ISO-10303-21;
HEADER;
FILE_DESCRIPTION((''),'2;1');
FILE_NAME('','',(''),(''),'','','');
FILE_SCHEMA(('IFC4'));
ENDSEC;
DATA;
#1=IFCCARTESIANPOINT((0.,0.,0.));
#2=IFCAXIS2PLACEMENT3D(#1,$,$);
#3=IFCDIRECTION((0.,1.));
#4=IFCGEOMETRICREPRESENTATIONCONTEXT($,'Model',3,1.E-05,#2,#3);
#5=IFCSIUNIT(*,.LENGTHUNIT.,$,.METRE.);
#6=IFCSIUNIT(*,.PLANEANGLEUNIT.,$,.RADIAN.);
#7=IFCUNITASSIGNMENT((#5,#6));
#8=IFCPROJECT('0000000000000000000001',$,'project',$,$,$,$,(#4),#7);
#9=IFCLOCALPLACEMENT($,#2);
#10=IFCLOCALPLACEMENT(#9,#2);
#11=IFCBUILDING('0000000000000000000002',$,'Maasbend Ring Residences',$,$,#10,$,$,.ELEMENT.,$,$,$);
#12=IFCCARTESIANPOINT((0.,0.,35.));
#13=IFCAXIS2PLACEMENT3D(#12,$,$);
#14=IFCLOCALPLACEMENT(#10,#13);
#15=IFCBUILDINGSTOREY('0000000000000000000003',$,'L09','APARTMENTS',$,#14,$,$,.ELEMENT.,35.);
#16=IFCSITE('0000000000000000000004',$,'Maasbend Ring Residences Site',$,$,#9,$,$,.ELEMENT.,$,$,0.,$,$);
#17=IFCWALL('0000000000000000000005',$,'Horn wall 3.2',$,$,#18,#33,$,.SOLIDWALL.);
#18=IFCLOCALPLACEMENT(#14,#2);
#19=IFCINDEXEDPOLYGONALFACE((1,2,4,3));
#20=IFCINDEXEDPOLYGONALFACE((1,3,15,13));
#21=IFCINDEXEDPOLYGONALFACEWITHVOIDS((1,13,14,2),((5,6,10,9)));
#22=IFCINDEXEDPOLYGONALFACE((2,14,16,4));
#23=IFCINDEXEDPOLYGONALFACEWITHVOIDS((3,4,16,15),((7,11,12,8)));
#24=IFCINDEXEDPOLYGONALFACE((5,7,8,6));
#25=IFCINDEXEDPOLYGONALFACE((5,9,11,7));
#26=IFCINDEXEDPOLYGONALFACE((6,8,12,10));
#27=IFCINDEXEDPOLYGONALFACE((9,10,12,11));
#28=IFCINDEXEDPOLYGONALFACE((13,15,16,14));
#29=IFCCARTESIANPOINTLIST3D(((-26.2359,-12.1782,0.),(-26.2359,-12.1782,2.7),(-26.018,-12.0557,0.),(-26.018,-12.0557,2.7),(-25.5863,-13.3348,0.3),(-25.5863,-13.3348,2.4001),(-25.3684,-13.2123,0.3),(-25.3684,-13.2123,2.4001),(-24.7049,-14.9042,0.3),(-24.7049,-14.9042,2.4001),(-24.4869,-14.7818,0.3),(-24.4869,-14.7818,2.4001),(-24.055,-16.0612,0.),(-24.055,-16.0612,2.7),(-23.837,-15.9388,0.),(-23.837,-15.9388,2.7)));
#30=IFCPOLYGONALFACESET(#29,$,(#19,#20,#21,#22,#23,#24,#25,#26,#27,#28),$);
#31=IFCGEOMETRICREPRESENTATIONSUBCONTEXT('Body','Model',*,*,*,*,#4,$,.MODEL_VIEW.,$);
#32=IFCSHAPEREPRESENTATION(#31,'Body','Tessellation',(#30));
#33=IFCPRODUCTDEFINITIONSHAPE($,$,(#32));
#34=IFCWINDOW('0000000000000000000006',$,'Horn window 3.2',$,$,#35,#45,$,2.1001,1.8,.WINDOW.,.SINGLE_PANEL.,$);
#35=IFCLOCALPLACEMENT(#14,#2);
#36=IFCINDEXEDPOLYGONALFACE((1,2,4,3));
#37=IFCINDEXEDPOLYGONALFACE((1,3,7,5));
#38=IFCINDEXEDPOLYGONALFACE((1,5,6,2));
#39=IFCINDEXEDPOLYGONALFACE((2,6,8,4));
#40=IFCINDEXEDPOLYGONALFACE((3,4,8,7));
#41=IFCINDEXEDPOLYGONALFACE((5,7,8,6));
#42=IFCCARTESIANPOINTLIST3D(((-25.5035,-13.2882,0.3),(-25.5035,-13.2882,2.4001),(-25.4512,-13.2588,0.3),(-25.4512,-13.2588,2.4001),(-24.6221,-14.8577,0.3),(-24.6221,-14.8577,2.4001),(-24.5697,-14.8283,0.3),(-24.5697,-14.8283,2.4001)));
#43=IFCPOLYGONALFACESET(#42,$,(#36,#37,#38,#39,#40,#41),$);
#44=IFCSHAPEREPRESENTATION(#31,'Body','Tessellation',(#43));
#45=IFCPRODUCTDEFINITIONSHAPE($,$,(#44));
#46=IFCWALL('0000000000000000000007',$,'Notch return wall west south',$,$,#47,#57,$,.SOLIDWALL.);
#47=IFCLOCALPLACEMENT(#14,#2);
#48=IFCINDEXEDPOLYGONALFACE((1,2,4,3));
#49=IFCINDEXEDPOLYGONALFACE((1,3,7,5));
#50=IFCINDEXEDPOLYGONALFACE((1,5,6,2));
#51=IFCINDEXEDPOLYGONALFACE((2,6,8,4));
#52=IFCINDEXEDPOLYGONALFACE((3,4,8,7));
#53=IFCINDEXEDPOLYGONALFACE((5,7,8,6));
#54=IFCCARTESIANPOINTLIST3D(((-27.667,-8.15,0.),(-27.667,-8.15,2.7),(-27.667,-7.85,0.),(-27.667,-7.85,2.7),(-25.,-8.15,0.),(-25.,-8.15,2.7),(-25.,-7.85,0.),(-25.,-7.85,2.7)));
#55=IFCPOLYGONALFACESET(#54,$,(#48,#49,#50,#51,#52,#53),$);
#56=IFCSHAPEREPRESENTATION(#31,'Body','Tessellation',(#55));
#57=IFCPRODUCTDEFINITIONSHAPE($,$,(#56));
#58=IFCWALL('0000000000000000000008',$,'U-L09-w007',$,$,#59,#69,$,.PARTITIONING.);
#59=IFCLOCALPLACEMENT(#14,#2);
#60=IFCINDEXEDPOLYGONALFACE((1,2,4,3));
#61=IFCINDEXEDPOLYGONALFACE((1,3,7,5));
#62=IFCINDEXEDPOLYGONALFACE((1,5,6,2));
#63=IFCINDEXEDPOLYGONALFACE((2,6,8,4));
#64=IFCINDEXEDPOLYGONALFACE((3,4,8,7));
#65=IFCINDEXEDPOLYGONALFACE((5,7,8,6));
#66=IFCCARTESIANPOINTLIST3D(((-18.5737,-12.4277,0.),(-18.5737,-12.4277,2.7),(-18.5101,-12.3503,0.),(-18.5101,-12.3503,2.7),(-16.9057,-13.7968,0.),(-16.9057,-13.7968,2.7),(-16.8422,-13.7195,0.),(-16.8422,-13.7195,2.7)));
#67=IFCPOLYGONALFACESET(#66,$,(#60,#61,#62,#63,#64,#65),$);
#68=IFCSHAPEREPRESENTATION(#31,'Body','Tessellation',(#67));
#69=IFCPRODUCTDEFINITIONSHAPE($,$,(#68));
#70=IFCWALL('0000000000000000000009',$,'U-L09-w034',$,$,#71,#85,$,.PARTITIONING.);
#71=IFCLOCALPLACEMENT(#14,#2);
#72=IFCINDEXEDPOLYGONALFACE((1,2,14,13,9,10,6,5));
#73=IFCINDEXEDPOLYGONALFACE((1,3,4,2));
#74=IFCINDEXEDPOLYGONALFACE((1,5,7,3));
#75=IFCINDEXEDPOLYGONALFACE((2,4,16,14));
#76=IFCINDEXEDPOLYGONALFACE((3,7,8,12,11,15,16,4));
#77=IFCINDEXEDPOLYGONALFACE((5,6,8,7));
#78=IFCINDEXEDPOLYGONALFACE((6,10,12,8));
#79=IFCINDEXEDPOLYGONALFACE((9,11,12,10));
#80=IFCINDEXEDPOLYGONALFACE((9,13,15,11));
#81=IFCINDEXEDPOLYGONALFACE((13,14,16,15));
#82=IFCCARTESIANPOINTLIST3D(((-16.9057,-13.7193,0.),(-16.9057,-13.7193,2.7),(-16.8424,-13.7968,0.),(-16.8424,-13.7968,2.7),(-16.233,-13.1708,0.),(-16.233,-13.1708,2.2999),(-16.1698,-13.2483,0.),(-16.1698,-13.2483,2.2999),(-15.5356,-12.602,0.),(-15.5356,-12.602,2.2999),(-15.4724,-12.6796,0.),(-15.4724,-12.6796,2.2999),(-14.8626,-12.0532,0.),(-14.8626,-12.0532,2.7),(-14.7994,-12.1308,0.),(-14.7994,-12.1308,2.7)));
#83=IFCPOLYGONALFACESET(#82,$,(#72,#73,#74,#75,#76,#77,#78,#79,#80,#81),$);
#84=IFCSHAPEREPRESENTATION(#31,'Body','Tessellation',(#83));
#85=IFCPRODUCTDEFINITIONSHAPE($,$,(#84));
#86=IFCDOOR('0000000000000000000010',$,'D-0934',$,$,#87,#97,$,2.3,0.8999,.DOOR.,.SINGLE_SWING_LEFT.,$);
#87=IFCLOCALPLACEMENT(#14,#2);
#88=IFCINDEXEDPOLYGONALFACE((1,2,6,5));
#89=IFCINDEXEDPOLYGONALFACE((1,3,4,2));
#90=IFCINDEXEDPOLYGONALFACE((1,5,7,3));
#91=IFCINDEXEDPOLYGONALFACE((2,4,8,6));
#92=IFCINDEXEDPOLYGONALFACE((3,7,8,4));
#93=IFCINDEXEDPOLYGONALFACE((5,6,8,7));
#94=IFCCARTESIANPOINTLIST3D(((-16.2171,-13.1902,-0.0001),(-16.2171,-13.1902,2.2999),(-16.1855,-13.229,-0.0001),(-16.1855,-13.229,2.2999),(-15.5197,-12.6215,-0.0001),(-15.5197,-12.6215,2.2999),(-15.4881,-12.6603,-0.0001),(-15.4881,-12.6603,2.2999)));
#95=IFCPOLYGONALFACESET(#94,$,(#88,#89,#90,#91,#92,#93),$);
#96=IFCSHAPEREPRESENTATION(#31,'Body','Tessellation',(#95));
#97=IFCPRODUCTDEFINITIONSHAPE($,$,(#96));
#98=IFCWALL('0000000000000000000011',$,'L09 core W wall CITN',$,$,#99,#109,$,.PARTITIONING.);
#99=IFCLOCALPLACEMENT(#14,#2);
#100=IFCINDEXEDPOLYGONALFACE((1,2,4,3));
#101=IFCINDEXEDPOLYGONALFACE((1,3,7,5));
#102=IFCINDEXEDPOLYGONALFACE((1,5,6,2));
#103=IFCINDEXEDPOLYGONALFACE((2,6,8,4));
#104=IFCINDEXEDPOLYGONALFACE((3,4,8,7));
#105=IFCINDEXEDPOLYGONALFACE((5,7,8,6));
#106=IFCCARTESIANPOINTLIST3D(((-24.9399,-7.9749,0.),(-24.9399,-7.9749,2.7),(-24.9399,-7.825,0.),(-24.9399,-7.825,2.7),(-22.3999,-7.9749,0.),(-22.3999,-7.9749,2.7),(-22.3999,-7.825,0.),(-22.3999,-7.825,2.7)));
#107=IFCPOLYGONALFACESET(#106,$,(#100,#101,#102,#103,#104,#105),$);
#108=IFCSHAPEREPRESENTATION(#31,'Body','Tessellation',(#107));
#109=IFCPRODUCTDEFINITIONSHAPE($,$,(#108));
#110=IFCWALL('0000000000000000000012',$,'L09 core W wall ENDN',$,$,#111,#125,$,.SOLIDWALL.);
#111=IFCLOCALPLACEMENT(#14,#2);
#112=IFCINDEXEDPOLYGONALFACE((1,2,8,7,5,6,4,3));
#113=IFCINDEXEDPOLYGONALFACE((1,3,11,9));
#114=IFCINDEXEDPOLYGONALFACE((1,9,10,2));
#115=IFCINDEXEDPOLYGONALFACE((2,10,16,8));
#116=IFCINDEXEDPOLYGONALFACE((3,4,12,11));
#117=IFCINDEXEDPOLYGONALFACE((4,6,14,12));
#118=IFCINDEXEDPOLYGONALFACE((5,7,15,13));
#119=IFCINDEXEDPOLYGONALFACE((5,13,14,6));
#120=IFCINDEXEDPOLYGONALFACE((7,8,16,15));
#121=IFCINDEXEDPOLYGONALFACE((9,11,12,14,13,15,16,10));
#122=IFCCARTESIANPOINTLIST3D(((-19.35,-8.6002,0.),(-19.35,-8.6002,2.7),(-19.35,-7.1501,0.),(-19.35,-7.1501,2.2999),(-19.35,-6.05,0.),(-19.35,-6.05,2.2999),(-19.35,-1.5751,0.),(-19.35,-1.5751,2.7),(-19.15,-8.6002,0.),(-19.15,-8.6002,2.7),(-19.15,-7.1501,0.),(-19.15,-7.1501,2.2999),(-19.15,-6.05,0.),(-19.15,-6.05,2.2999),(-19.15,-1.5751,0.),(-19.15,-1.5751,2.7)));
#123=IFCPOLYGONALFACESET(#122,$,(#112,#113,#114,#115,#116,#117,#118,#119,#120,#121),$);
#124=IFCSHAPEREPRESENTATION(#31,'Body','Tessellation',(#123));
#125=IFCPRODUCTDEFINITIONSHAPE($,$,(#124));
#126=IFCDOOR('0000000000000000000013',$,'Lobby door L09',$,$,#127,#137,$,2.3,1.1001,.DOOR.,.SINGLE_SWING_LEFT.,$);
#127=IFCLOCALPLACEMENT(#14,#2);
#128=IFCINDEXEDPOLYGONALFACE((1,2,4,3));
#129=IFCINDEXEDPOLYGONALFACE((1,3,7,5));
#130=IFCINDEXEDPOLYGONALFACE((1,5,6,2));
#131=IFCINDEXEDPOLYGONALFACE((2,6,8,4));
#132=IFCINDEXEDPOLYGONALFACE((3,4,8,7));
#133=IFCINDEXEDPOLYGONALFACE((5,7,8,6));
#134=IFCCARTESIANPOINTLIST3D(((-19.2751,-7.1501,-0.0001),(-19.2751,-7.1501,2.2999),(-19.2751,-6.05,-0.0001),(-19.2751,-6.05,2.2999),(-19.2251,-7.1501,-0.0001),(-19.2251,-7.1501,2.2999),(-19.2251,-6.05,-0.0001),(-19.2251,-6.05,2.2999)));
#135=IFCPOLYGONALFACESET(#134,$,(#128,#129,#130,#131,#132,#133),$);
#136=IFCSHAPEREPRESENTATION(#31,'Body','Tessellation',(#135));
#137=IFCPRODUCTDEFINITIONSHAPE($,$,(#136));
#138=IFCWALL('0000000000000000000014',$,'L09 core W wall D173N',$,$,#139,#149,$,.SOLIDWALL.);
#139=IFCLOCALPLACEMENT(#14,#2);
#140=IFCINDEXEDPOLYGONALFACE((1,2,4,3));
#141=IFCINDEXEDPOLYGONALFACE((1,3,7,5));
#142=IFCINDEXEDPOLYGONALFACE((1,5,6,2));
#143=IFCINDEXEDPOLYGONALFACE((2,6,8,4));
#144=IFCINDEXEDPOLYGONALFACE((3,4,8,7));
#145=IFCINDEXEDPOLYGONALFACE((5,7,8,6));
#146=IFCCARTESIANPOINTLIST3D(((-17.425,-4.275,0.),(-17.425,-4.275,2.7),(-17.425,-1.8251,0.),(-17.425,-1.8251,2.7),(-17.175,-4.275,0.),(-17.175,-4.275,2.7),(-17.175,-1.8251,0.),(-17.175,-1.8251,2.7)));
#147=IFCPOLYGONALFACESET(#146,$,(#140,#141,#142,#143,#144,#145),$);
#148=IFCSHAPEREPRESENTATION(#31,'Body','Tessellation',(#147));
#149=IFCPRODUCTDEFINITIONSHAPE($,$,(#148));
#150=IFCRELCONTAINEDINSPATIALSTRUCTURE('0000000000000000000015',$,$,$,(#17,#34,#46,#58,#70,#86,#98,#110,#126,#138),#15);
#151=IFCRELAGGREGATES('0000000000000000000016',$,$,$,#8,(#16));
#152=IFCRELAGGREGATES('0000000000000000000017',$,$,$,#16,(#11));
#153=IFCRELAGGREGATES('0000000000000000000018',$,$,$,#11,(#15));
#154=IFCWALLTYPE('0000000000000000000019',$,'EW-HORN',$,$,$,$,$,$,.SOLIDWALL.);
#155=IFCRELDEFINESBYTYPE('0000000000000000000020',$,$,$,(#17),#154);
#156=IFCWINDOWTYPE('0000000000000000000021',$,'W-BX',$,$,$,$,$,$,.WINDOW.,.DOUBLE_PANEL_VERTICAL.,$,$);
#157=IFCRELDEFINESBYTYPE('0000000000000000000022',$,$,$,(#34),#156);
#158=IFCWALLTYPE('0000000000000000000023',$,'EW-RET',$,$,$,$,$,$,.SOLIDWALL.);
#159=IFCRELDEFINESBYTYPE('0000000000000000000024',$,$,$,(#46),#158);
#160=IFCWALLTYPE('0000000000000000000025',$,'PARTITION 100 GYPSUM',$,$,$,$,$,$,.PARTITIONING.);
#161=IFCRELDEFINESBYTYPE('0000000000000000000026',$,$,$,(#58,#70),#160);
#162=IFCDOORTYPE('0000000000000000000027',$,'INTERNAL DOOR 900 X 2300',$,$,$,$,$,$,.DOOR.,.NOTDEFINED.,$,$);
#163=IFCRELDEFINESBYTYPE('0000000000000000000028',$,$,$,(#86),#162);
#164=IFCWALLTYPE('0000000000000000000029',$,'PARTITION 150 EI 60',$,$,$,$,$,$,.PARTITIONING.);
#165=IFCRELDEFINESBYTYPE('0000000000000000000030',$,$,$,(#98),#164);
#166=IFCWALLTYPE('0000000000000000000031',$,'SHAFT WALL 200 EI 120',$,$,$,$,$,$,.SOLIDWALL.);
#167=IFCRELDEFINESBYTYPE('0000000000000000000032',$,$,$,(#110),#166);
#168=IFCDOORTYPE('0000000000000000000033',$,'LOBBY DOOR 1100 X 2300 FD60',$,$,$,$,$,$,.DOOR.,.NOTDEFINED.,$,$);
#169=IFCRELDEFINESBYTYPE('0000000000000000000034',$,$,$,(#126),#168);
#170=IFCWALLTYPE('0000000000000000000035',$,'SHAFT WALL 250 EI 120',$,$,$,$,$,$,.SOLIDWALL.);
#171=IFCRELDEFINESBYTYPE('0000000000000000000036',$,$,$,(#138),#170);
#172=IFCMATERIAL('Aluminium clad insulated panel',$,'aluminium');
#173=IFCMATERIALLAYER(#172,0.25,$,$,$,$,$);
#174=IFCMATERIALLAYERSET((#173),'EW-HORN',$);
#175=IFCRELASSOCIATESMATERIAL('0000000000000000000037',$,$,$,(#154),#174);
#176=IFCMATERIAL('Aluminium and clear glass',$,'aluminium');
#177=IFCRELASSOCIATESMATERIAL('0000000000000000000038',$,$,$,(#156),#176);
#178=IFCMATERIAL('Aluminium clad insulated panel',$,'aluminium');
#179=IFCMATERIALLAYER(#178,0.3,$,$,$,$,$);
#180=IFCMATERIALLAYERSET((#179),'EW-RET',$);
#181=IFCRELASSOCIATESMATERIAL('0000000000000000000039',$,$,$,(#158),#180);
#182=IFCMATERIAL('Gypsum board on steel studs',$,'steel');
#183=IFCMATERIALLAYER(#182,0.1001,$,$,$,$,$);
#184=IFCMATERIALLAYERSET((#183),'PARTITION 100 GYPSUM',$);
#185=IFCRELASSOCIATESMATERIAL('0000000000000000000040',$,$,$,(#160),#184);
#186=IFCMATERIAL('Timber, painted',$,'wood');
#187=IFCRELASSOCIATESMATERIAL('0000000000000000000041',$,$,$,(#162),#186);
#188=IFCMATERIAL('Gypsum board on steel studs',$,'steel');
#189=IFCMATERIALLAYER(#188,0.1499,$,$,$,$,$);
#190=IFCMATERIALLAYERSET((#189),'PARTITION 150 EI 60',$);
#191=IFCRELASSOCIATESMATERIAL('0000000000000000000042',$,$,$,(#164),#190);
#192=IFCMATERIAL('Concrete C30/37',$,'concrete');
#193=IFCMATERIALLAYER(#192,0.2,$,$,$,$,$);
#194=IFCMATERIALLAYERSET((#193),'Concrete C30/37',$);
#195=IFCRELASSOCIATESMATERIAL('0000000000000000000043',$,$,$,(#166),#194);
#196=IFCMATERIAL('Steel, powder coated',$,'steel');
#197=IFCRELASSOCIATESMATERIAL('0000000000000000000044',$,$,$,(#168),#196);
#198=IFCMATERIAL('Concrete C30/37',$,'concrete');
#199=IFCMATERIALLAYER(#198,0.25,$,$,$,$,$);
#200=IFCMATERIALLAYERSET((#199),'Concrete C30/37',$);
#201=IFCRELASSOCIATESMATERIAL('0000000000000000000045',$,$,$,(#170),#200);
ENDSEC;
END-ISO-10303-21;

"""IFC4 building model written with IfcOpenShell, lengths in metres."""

from ifc_helpers import new_model, si_unit, direction, frame, frame_2d, origin, place, context, subcontext, project, spatial, rectangle, extrude, material, layer, layer_set, type_object, element, fill, save


model = new_model("IFC4")

# Units and contexts
model_context = context("Model", 3, precision=1e-05, world=origin(), true_north=direction((0.0, 1.0)))
body_context = subcontext(model_context, "Body", "Model", "MODEL_VIEW")
ifc_project = project(units=[si_unit("LENGTHUNIT", "METRE"), si_unit("PLANEANGLEUNIT", "RADIAN")], contexts=[model_context])

# Site, building, storey
site_placement = place(None, origin())
site = spatial("IfcSite", under=ifc_project, at=site_placement, Name="Maasbend Ring Residences Site", CompositionType="ELEMENT", RefElevation=0.0)
building_placement = place(site_placement, origin())
building = spatial("IfcBuilding", under=site, at=building_placement, Name="Maasbend Ring Residences", CompositionType="ELEMENT")
storey_placement = place(building_placement, frame((0.0, 0.0, 35.0)))
storey = spatial("IfcBuildingStorey", under=building, at=storey_placement, Name="L09", Description="APARTMENTS", CompositionType="ELEMENT", Elevation=35.0)

# Wall, opening, window
ifc_material_1 = material(Name="Aluminium clad insulated panel", Category="aluminium")
ifc_layer_1 = layer(ifc_material_1, 0.25)
ifc_layer_set_1 = layer_set([ifc_layer_1], Name="EW-HORN")
wall_type_1 = type_object("IfcWallType", Name="EW-HORN", PredefinedType="SOLIDWALL", material=ifc_layer_set_1)
ifc_material_2 = material(Name="Aluminium and clear glass", Category="aluminium")
window_type = type_object("IfcWindowType", Name="W-BX", PartitioningType="DOUBLE_PANEL_VERTICAL", PredefinedType="WINDOW", material=ifc_material_2)
wall_1_placement = place(storey_placement, frame((-26.127, -12.1169, 0.0), z_axis=(0.0, 0.0, 1.0), x_axis=(0.489696, -0.871893, 0.0)))
wall_1 = element("IfcWall", 1, at=wall_1_placement, inside=storey, type_object=wall_type_1, Name="Horn wall 3.2", PredefinedType="SOLIDWALL", context=body_context, shape_type="SweptSolid", body=[
    extrude(rectangle(XDim=4.4536, YDim=0.25, at=frame_2d((2.2268, 0.0))), origin(), (0.0, 0.0, 1.0), 2.7),
])
opening_1_placement = place(wall_1_placement, frame((1.3267, 0.0, 0.3)))
opening_1 = element("IfcOpeningElement", 2, at=opening_1_placement, cuts=wall_1, PredefinedType="OPENING", context=body_context, shape_type="SweptSolid", body=[
    extrude(rectangle(XDim=1.8, YDim=2.1001, at=frame_2d((0.8999, 1.05))), frame((0.0, 0.135, 0.0), z_axis=(0.0, -1.0, 0.0), x_axis=(1.0, 0.0, 0.0)), (0.0, 0.0, 1.0), 0.27),
])
window_1_placement = place(opening_1_placement, origin())
window_1 = element("IfcWindow", 3, at=window_1_placement, inside=storey, type_object=window_type, Name="Horn window 3.2", OverallHeight=2.1001, OverallWidth=1.8, PartitioningType="SINGLE_PANEL", PredefinedType="WINDOW", context=body_context, shape_type="SweptSolid", body=[
    extrude(rectangle(XDim=1.8, YDim=2.1001, at=frame_2d((0.8999, 1.05))), frame((0.0, 0.03, 0.0), z_axis=(0.0, -1.0, 0.0), x_axis=(1.0, 0.0, 0.0)), (0.0, 0.0, 1.0), 0.0601),
])
fill(opening_1, window_1)

# Walls
ifc_material_3 = material(Name="Aluminium clad insulated panel", Category="aluminium")
ifc_layer_2 = layer(ifc_material_3, 0.3)
ifc_layer_set_2 = layer_set([ifc_layer_2], Name="EW-RET")
wall_type_2 = type_object("IfcWallType", Name="EW-RET", PredefinedType="SOLIDWALL", material=ifc_layer_set_2)
wall_2_placement = place(storey_placement, frame((-25.0, -8.0, 0.0), z_axis=(0.0, 0.0, 1.0), x_axis=(-1.0, 0.0, 0.0)))
element("IfcWall", 4, at=wall_2_placement, inside=storey, type_object=wall_type_2, Name="Notch return wall west south", PredefinedType="SOLIDWALL", context=body_context, shape_type="SweptSolid", body=[
    extrude(rectangle(XDim=2.667, YDim=0.3, at=frame_2d((1.3335, 0.0))), origin(), (0.0, 0.0, 1.0), 2.7),
])
ifc_material_4 = material(Name="Gypsum board on steel studs", Category="steel")
ifc_layer_3 = layer(ifc_material_4, 0.1001)
ifc_layer_set_3 = layer_set([ifc_layer_3], Name="PARTITION 100 GYPSUM")
wall_type_3 = type_object("IfcWallType", Name="PARTITION 100 GYPSUM", PredefinedType="PARTITIONING", material=ifc_layer_set_3)
wall_3_placement = place(storey_placement, frame((-18.542, -12.3889, 0.0), z_axis=(0.0, 0.0, 1.0), x_axis=(0.772948, -0.634469, 0.0)))
element("IfcWall", 5, at=wall_3_placement, inside=storey, type_object=wall_type_3, Name="U-L09-w007", PredefinedType="PARTITIONING", context=body_context, shape_type="SweptSolid", body=[
    extrude(rectangle(XDim=2.158, YDim=0.1001, at=frame_2d((1.0791, 0.0))), origin(), (0.0, 0.0, 1.0), 2.7),
])

# Wall, opening, door
wall_4_placement = place(storey_placement, frame((-16.874, -13.7581, 0.0), z_axis=(0.0, 0.0, 1.0), x_axis=(0.77498, 0.631986, 0.0)))
wall_4 = element("IfcWall", 6, at=wall_4_placement, inside=storey, type_object=wall_type_3, Name="U-L09-w034", PredefinedType="PARTITIONING", context=body_context, shape_type="SweptSolid", body=[
    extrude(rectangle(XDim=2.6362, YDim=0.1001, at=frame_2d((1.3181, 0.0))), origin(), (0.0, 0.0, 1.0), 2.7),
])
opening_2_placement = place(wall_4_placement, frame((0.8679, 0.0, 0.0)))
opening_2 = element("IfcOpeningElement", 7, at=opening_2_placement, cuts=wall_4, PredefinedType="OPENING", context=body_context, shape_type="SweptSolid", body=[
    extrude(rectangle(XDim=0.8999, YDim=2.3, at=frame_2d((0.45, 1.1499))), frame((0.0, 0.0601, 0.0), z_axis=(0.0, -1.0, 0.0), x_axis=(1.0, 0.0, 0.0)), (0.0, 0.0, 1.0), 0.1201),
])
ifc_material_5 = material(Name="Timber, painted", Category="wood")
door_type_1 = type_object("IfcDoorType", Name="INTERNAL DOOR 900 X 2300", OperationType="NOTDEFINED", PredefinedType="DOOR", material=ifc_material_5)
door_1_placement = place(opening_2_placement, origin())
door_1 = element("IfcDoor", 8, at=door_1_placement, inside=storey, type_object=door_type_1, Name="D-0934", OperationType="SINGLE_SWING_LEFT", OverallHeight=2.3, OverallWidth=0.8999, PredefinedType="DOOR", context=body_context, shape_type="SweptSolid", body=[
    extrude(rectangle(XDim=0.8999, YDim=2.3, at=frame_2d((0.45, 1.1499))), frame((0.0, 0.0249, 0.0), z_axis=(0.0, -1.0, 0.0), x_axis=(1.0, 0.0, 0.0)), (0.0, 0.0, 1.0), 0.05),
])
fill(opening_2, door_1)

# Wall
ifc_material_6 = material(Name="Gypsum board on steel studs", Category="steel")
ifc_layer_4 = layer(ifc_material_6, 0.1499)
ifc_layer_set_4 = layer_set([ifc_layer_4], Name="PARTITION 150 EI 60")
wall_type_4 = type_object("IfcWallType", Name="PARTITION 150 EI 60", PredefinedType="PARTITIONING", material=ifc_layer_set_4)
wall_5_placement = place(storey_placement, frame((-22.3999, -7.8999, 0.0), z_axis=(0.0, 0.0, 1.0), x_axis=(-1.0, 0.0, 0.0)))
element("IfcWall", 9, at=wall_5_placement, inside=storey, type_object=wall_type_4, Name="L09 core W wall CITN", PredefinedType="PARTITIONING", context=body_context, shape_type="SweptSolid", body=[
    extrude(rectangle(XDim=2.54, YDim=0.1499, at=frame_2d((1.27, 0.0))), origin(), (0.0, 0.0, 1.0), 2.7),
])

# Wall, opening, door
ifc_material_7 = material(Name="Concrete C30/37", Category="concrete")
ifc_layer_5 = layer(ifc_material_7, 0.2)
ifc_layer_set_5 = layer_set([ifc_layer_5], Name="Concrete C30/37")
wall_type_5 = type_object("IfcWallType", Name="SHAFT WALL 200 EI 120", PredefinedType="SOLIDWALL", material=ifc_layer_set_5)
wall_6_placement = place(storey_placement, frame((-19.25, -1.575, 0.0), z_axis=(0.0, 0.0, 1.0), x_axis=(0.0, -1.0, 0.0)))
wall_6 = element("IfcWall", 10, at=wall_6_placement, inside=storey, type_object=wall_type_5, Name="L09 core W wall ENDN", PredefinedType="SOLIDWALL", context=body_context, shape_type="SweptSolid", body=[
    extrude(rectangle(XDim=7.0251, YDim=0.2, at=frame_2d((3.5127, 0.0))), origin(), (0.0, 0.0, 1.0), 2.7),
])
opening_3_placement = place(wall_6_placement, frame((4.4751, 0.0, 0.0)))
opening_3 = element("IfcOpeningElement", 11, at=opening_3_placement, cuts=wall_6, PredefinedType="OPENING", context=body_context, shape_type="SweptSolid", body=[
    extrude(rectangle(XDim=1.1001, YDim=2.3, at=frame_2d((0.55, 1.1499))), frame((0.0, 0.1099, 0.0), z_axis=(0.0, -1.0, 0.0), x_axis=(1.0, 0.0, 0.0)), (0.0, 0.0, 1.0), 0.22),
])
ifc_material_8 = material(Name="Steel, powder coated", Category="steel")
door_type_2 = type_object("IfcDoorType", Name="LOBBY DOOR 1100 X 2300 FD60", OperationType="NOTDEFINED", PredefinedType="DOOR", material=ifc_material_8)
door_2_placement = place(opening_3_placement, origin())
door_2 = element("IfcDoor", 12, at=door_2_placement, inside=storey, type_object=door_type_2, Name="Lobby door L09", OperationType="SINGLE_SWING_LEFT", OverallHeight=2.3, OverallWidth=1.1001, PredefinedType="DOOR", context=body_context, shape_type="SweptSolid", body=[
    extrude(rectangle(XDim=1.1001, YDim=2.3, at=frame_2d((0.55, 1.1499))), frame((0.0, 0.0249, 0.0), z_axis=(0.0, -1.0, 0.0), x_axis=(1.0, 0.0, 0.0)), (0.0, 0.0, 1.0), 0.05),
])
fill(opening_3, door_2)

# Wall
ifc_material_9 = material(Name="Concrete C30/37", Category="concrete")
ifc_layer_6 = layer(ifc_material_9, 0.25)
ifc_layer_set_6 = layer_set([ifc_layer_6], Name="Concrete C30/37")
wall_type_6 = type_object("IfcWallType", Name="SHAFT WALL 250 EI 120", PredefinedType="SOLIDWALL", material=ifc_layer_set_6)
wall_7_placement = place(storey_placement, frame((-17.3, -1.825, 0.0), z_axis=(0.0, 0.0, 1.0), x_axis=(0.0, -1.0, 0.0)))
element("IfcWall", 13, at=wall_7_placement, inside=storey, type_object=wall_type_6, Name="L09 core W wall D173N", PredefinedType="SOLIDWALL", context=body_context, shape_type="SweptSolid", body=[
    extrude(rectangle(XDim=2.45, YDim=0.25, at=frame_2d((1.2251, 0.0))), origin(), (0.0, 0.0, 1.0), 2.7),
])

save(model, "model.ifc")
